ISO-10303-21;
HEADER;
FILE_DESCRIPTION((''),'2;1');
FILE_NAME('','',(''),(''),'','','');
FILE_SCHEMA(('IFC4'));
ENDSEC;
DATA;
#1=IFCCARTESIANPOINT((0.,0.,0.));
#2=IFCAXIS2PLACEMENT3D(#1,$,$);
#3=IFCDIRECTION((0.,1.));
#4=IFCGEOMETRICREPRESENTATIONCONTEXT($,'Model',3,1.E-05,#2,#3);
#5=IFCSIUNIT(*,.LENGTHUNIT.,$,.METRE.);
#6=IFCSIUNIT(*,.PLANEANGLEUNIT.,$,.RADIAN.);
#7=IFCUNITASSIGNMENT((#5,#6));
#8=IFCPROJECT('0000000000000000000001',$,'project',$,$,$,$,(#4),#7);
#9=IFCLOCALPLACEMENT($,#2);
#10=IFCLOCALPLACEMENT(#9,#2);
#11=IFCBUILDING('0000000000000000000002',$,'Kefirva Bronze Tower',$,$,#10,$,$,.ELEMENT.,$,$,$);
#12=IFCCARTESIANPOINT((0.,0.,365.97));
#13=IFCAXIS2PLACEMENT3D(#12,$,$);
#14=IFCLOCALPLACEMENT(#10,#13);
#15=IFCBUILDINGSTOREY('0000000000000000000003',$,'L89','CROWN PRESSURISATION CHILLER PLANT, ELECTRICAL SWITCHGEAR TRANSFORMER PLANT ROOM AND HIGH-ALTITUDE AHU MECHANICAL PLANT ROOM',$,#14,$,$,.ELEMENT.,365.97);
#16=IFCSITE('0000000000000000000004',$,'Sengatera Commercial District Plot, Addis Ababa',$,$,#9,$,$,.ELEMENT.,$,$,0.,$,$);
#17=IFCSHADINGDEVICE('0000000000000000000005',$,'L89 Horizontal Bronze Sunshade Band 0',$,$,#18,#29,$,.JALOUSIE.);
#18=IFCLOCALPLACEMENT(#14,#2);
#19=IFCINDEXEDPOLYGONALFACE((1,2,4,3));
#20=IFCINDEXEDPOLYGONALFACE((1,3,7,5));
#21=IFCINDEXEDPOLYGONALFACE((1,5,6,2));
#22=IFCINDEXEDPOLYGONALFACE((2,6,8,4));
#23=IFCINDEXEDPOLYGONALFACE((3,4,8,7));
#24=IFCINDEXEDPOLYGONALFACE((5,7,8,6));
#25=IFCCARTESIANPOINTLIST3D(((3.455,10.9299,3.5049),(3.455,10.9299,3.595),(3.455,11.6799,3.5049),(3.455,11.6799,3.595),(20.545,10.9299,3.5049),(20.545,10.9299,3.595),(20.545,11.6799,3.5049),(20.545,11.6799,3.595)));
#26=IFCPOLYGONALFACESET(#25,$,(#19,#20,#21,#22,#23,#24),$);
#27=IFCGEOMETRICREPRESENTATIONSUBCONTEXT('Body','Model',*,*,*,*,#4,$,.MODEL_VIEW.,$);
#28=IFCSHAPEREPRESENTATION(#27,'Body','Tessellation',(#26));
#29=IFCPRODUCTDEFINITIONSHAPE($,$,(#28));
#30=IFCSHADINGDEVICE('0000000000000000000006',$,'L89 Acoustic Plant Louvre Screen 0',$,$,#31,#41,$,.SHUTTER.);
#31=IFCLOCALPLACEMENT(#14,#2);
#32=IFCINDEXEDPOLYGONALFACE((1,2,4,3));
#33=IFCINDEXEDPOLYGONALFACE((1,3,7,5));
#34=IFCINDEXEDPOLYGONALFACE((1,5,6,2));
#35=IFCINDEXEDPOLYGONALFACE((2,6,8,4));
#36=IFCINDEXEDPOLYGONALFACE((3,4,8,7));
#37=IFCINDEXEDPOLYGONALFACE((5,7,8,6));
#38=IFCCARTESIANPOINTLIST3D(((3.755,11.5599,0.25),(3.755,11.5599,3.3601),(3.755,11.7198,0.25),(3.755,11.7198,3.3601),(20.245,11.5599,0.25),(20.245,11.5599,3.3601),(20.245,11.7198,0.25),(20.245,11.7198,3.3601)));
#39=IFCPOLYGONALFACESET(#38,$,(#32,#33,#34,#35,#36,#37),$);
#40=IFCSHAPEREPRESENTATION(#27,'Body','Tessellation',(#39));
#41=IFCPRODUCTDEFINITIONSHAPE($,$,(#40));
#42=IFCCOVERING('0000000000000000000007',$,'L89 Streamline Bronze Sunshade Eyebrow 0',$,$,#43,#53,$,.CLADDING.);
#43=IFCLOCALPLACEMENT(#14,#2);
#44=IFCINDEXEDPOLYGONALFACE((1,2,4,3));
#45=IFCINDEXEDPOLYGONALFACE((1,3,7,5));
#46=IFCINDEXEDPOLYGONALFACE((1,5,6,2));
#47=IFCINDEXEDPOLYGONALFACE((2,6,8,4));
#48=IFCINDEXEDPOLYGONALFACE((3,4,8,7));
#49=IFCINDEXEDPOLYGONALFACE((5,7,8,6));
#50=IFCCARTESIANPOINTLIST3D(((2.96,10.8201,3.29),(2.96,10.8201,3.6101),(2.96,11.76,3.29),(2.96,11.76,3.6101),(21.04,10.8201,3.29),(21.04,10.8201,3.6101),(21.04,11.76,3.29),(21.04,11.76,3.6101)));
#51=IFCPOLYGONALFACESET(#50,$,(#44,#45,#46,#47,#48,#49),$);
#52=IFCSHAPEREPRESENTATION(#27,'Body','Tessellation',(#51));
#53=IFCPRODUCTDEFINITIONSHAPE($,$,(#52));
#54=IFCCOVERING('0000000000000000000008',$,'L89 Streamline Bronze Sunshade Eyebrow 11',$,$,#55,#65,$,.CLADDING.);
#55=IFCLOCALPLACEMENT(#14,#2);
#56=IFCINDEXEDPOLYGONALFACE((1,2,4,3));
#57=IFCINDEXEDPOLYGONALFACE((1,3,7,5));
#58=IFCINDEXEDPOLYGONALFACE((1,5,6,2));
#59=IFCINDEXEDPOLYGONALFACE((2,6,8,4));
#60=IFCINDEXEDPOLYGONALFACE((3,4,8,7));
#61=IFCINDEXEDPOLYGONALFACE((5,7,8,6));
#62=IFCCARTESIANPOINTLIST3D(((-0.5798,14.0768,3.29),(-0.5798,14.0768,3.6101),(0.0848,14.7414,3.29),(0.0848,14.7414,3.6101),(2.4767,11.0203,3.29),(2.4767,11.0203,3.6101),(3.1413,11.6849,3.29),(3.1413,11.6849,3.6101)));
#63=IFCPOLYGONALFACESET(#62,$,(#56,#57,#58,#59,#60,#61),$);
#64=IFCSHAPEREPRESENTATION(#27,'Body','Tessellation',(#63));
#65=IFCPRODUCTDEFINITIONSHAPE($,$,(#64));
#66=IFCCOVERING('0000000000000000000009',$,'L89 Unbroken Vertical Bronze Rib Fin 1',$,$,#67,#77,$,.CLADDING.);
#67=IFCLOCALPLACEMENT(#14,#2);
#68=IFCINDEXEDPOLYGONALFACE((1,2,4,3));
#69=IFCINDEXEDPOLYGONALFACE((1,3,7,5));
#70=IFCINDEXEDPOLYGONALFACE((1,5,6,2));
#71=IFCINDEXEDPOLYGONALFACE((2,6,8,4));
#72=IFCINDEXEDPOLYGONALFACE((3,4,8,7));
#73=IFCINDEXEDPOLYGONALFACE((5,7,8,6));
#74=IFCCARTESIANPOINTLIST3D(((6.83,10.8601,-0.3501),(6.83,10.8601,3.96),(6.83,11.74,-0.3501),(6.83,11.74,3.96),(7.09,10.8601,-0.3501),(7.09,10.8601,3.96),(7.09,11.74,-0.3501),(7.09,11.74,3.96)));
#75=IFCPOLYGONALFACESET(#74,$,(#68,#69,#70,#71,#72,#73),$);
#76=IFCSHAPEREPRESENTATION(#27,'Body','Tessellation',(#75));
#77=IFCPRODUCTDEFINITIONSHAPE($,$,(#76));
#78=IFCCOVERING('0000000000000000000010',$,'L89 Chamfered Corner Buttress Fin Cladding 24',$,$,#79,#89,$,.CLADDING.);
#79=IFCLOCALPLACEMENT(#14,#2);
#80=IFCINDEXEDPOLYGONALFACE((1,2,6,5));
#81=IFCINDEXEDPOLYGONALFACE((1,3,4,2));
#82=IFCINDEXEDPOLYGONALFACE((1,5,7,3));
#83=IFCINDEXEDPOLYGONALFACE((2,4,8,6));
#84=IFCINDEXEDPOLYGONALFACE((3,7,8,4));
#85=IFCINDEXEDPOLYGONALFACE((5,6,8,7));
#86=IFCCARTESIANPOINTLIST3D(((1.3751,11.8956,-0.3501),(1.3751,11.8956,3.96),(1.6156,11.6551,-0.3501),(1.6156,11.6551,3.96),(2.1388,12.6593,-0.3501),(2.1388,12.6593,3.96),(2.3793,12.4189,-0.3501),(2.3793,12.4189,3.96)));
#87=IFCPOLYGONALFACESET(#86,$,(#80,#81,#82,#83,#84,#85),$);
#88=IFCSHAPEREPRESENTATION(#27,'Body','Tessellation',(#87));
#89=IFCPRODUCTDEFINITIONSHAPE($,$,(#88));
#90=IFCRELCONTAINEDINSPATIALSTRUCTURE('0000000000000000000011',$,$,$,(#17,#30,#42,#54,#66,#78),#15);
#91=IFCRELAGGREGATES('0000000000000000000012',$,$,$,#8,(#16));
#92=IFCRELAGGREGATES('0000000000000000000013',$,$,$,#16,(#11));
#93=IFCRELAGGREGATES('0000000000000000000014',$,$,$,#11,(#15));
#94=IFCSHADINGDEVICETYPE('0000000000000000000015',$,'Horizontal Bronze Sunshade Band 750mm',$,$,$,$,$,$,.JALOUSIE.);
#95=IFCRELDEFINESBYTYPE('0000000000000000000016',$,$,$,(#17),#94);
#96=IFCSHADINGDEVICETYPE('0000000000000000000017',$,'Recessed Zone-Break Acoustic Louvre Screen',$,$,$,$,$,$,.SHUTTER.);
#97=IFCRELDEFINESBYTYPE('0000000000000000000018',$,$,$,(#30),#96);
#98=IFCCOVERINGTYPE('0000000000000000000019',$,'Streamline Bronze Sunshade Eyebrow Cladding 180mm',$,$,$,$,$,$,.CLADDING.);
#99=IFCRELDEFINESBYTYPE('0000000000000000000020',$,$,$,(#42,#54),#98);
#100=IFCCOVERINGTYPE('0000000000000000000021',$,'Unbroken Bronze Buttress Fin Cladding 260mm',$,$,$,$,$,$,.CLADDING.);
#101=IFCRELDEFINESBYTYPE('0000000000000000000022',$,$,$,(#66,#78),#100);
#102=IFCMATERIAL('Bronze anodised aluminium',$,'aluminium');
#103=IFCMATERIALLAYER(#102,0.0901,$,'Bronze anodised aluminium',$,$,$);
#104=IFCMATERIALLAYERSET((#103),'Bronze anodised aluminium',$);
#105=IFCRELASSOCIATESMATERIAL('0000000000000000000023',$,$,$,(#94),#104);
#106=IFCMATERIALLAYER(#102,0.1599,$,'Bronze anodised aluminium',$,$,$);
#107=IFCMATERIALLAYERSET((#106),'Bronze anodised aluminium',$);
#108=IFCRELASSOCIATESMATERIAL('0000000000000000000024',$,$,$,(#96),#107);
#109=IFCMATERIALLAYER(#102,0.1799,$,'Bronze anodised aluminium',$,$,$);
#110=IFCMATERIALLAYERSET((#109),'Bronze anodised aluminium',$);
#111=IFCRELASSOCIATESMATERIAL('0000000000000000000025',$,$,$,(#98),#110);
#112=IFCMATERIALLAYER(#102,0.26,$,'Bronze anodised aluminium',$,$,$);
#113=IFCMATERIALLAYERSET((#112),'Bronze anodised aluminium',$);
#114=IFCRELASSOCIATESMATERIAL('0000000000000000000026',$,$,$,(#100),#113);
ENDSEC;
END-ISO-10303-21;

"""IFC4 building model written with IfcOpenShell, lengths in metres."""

from ifc_helpers import new_model, si_unit, direction, frame, origin, origin_2d, place, context, subcontext, project, spatial, rectangle, extrude, material, layer, layer_set, type_object, element, save


model = new_model("IFC4")

# Units and contexts
model_context = context("Model", 3, precision=1e-05, world=origin(), true_north=direction((0.0, 1.0)))
body_context = subcontext(model_context, "Body", "Model", "MODEL_VIEW")
ifc_project = project(units=[si_unit("LENGTHUNIT", "METRE"), si_unit("PLANEANGLEUNIT", "RADIAN")], contexts=[model_context])

# Site, building, storey
site_placement = place(None, origin())
site = spatial("IfcSite", under=ifc_project, at=site_placement, Name="Sengatera Commercial District Plot, Addis Ababa", CompositionType="ELEMENT", RefElevation=0.0)
building_placement = place(site_placement, origin())
building = spatial("IfcBuilding", under=site, at=building_placement, Name="Kefirva Bronze Tower", CompositionType="ELEMENT")
storey_placement = place(building_placement, frame((0.0, 0.0, 365.97)))
storey = spatial("IfcBuildingStorey", under=building, at=storey_placement, Name="L89", Description="CROWN PRESSURISATION CHILLER PLANT, ELECTRICAL SWITCHGEAR TRANSFORMER PLANT ROOM AND HIGH-ALTITUDE AHU MECHANICAL PLANT ROOM", CompositionType="ELEMENT", Elevation=365.97)

# Shared definitions
ifc_material = material(Name="Bronze anodised aluminium", Category="aluminium")

# Shading devices
ifc_layer_1 = layer(ifc_material, 0.0901, Name="Bronze anodised aluminium")
ifc_layer_set_1 = layer_set([ifc_layer_1], Name="Bronze anodised aluminium")
shading_device_type_1 = type_object("IfcShadingDeviceType", Name="Horizontal Bronze Sunshade Band 750mm", PredefinedType="JALOUSIE", material=ifc_layer_set_1)
shading_device_1_placement = place(storey_placement, frame((12.0, 11.3049, 3.5049), z_axis=(0.0, 0.0, 1.0), x_axis=(1.0, 0.0, 0.0)))
element("IfcShadingDevice", 1, at=shading_device_1_placement, inside=storey, type_object=shading_device_type_1, Name="L89 Horizontal Bronze Sunshade Band 0", PredefinedType="JALOUSIE", context=body_context, shape_type="SweptSolid", body=[
    extrude(rectangle(XDim=17.0901, YDim=0.75, at=origin_2d()), origin(), (0.0, 0.0, 1.0), 0.0901),
])
ifc_layer_2 = layer(ifc_material, 0.1599, Name="Bronze anodised aluminium")
ifc_layer_set_2 = layer_set([ifc_layer_2], Name="Bronze anodised aluminium")
shading_device_type_2 = type_object("IfcShadingDeviceType", Name="Recessed Zone-Break Acoustic Louvre Screen", PredefinedType="SHUTTER", material=ifc_layer_set_2)
shading_device_2_placement = place(storey_placement, frame((12.0, 11.6399, 0.25), z_axis=(0.0, 0.0, 1.0), x_axis=(1.0, 0.0, 0.0)))
element("IfcShadingDevice", 2, at=shading_device_2_placement, inside=storey, type_object=shading_device_type_2, Name="L89 Acoustic Plant Louvre Screen 0", PredefinedType="SHUTTER", context=body_context, shape_type="SweptSolid", body=[
    extrude(rectangle(XDim=16.49, YDim=0.1599, at=origin_2d()), origin(), (0.0, 0.0, 1.0), 3.1101),
])

# Coverings
ifc_layer_3 = layer(ifc_material, 0.1799, Name="Bronze anodised aluminium")
ifc_layer_set_3 = layer_set([ifc_layer_3], Name="Bronze anodised aluminium")
covering_type_1 = type_object("IfcCoveringType", Name="Streamline Bronze Sunshade Eyebrow Cladding 180mm", PredefinedType="CLADDING", material=ifc_layer_set_3)
covering_1_placement = place(storey_placement, frame((12.0, 11.29, 3.29), z_axis=(0.0, 0.0, 1.0), x_axis=(1.0, 0.0, 0.0)))
element("IfcCovering", 3, at=covering_1_placement, inside=storey, type_object=covering_type_1, Name="L89 Streamline Bronze Sunshade Eyebrow 0", PredefinedType="CLADDING", context=body_context, shape_type="SweptSolid", body=[
    extrude(rectangle(XDim=18.0801, YDim=0.9399, at=origin_2d()), origin(), (0.0, 0.0, 1.0), 0.3201),
])
covering_2_placement = place(storey_placement, frame((1.2808, 12.8809, 3.29), z_axis=(0.0, 0.0, 1.0), x_axis=(0.707107, -0.707107, 0.0)))
element("IfcCovering", 4, at=covering_2_placement, inside=storey, type_object=covering_type_1, Name="L89 Streamline Bronze Sunshade Eyebrow 11", PredefinedType="CLADDING", context=body_context, shape_type="SweptSolid", body=[
    extrude(rectangle(XDim=4.3225, YDim=0.9399, at=origin_2d()), origin(), (0.0, 0.0, 1.0), 0.3201),
])
ifc_layer_4 = layer(ifc_material, 0.26, Name="Bronze anodised aluminium")
ifc_layer_set_4 = layer_set([ifc_layer_4], Name="Bronze anodised aluminium")
covering_type_2 = type_object("IfcCoveringType", Name="Unbroken Bronze Buttress Fin Cladding 260mm", PredefinedType="CLADDING", material=ifc_layer_set_4)
covering_3_placement = place(storey_placement, frame((6.96, 11.3, -0.3501), z_axis=(0.0, 0.0, 1.0), x_axis=(1.0, 0.0, 0.0)))
element("IfcCovering", 5, at=covering_3_placement, inside=storey, type_object=covering_type_2, Name="L89 Unbroken Vertical Bronze Rib Fin 1", PredefinedType="CLADDING", context=body_context, shape_type="SweptSolid", body=[
    extrude(rectangle(XDim=0.26, YDim=0.8799, at=origin_2d()), origin(), (0.0, 0.0, 1.0), 4.3101),
])
covering_4_placement = place(storey_placement, frame((1.8772, 12.1572, -0.3501), z_axis=(0.0, 0.0, 1.0), x_axis=(0.707107, -0.707107, 0.0)))
element("IfcCovering", 6, at=covering_4_placement, inside=storey, type_object=covering_type_2, Name="L89 Chamfered Corner Buttress Fin Cladding 24", PredefinedType="CLADDING", context=body_context, shape_type="SweptSolid", body=[
    extrude(rectangle(XDim=0.3401, YDim=1.0801, at=origin_2d()), origin(), (0.0, 0.0, 1.0), 4.3101),
])

save(model, "model.ifc")
